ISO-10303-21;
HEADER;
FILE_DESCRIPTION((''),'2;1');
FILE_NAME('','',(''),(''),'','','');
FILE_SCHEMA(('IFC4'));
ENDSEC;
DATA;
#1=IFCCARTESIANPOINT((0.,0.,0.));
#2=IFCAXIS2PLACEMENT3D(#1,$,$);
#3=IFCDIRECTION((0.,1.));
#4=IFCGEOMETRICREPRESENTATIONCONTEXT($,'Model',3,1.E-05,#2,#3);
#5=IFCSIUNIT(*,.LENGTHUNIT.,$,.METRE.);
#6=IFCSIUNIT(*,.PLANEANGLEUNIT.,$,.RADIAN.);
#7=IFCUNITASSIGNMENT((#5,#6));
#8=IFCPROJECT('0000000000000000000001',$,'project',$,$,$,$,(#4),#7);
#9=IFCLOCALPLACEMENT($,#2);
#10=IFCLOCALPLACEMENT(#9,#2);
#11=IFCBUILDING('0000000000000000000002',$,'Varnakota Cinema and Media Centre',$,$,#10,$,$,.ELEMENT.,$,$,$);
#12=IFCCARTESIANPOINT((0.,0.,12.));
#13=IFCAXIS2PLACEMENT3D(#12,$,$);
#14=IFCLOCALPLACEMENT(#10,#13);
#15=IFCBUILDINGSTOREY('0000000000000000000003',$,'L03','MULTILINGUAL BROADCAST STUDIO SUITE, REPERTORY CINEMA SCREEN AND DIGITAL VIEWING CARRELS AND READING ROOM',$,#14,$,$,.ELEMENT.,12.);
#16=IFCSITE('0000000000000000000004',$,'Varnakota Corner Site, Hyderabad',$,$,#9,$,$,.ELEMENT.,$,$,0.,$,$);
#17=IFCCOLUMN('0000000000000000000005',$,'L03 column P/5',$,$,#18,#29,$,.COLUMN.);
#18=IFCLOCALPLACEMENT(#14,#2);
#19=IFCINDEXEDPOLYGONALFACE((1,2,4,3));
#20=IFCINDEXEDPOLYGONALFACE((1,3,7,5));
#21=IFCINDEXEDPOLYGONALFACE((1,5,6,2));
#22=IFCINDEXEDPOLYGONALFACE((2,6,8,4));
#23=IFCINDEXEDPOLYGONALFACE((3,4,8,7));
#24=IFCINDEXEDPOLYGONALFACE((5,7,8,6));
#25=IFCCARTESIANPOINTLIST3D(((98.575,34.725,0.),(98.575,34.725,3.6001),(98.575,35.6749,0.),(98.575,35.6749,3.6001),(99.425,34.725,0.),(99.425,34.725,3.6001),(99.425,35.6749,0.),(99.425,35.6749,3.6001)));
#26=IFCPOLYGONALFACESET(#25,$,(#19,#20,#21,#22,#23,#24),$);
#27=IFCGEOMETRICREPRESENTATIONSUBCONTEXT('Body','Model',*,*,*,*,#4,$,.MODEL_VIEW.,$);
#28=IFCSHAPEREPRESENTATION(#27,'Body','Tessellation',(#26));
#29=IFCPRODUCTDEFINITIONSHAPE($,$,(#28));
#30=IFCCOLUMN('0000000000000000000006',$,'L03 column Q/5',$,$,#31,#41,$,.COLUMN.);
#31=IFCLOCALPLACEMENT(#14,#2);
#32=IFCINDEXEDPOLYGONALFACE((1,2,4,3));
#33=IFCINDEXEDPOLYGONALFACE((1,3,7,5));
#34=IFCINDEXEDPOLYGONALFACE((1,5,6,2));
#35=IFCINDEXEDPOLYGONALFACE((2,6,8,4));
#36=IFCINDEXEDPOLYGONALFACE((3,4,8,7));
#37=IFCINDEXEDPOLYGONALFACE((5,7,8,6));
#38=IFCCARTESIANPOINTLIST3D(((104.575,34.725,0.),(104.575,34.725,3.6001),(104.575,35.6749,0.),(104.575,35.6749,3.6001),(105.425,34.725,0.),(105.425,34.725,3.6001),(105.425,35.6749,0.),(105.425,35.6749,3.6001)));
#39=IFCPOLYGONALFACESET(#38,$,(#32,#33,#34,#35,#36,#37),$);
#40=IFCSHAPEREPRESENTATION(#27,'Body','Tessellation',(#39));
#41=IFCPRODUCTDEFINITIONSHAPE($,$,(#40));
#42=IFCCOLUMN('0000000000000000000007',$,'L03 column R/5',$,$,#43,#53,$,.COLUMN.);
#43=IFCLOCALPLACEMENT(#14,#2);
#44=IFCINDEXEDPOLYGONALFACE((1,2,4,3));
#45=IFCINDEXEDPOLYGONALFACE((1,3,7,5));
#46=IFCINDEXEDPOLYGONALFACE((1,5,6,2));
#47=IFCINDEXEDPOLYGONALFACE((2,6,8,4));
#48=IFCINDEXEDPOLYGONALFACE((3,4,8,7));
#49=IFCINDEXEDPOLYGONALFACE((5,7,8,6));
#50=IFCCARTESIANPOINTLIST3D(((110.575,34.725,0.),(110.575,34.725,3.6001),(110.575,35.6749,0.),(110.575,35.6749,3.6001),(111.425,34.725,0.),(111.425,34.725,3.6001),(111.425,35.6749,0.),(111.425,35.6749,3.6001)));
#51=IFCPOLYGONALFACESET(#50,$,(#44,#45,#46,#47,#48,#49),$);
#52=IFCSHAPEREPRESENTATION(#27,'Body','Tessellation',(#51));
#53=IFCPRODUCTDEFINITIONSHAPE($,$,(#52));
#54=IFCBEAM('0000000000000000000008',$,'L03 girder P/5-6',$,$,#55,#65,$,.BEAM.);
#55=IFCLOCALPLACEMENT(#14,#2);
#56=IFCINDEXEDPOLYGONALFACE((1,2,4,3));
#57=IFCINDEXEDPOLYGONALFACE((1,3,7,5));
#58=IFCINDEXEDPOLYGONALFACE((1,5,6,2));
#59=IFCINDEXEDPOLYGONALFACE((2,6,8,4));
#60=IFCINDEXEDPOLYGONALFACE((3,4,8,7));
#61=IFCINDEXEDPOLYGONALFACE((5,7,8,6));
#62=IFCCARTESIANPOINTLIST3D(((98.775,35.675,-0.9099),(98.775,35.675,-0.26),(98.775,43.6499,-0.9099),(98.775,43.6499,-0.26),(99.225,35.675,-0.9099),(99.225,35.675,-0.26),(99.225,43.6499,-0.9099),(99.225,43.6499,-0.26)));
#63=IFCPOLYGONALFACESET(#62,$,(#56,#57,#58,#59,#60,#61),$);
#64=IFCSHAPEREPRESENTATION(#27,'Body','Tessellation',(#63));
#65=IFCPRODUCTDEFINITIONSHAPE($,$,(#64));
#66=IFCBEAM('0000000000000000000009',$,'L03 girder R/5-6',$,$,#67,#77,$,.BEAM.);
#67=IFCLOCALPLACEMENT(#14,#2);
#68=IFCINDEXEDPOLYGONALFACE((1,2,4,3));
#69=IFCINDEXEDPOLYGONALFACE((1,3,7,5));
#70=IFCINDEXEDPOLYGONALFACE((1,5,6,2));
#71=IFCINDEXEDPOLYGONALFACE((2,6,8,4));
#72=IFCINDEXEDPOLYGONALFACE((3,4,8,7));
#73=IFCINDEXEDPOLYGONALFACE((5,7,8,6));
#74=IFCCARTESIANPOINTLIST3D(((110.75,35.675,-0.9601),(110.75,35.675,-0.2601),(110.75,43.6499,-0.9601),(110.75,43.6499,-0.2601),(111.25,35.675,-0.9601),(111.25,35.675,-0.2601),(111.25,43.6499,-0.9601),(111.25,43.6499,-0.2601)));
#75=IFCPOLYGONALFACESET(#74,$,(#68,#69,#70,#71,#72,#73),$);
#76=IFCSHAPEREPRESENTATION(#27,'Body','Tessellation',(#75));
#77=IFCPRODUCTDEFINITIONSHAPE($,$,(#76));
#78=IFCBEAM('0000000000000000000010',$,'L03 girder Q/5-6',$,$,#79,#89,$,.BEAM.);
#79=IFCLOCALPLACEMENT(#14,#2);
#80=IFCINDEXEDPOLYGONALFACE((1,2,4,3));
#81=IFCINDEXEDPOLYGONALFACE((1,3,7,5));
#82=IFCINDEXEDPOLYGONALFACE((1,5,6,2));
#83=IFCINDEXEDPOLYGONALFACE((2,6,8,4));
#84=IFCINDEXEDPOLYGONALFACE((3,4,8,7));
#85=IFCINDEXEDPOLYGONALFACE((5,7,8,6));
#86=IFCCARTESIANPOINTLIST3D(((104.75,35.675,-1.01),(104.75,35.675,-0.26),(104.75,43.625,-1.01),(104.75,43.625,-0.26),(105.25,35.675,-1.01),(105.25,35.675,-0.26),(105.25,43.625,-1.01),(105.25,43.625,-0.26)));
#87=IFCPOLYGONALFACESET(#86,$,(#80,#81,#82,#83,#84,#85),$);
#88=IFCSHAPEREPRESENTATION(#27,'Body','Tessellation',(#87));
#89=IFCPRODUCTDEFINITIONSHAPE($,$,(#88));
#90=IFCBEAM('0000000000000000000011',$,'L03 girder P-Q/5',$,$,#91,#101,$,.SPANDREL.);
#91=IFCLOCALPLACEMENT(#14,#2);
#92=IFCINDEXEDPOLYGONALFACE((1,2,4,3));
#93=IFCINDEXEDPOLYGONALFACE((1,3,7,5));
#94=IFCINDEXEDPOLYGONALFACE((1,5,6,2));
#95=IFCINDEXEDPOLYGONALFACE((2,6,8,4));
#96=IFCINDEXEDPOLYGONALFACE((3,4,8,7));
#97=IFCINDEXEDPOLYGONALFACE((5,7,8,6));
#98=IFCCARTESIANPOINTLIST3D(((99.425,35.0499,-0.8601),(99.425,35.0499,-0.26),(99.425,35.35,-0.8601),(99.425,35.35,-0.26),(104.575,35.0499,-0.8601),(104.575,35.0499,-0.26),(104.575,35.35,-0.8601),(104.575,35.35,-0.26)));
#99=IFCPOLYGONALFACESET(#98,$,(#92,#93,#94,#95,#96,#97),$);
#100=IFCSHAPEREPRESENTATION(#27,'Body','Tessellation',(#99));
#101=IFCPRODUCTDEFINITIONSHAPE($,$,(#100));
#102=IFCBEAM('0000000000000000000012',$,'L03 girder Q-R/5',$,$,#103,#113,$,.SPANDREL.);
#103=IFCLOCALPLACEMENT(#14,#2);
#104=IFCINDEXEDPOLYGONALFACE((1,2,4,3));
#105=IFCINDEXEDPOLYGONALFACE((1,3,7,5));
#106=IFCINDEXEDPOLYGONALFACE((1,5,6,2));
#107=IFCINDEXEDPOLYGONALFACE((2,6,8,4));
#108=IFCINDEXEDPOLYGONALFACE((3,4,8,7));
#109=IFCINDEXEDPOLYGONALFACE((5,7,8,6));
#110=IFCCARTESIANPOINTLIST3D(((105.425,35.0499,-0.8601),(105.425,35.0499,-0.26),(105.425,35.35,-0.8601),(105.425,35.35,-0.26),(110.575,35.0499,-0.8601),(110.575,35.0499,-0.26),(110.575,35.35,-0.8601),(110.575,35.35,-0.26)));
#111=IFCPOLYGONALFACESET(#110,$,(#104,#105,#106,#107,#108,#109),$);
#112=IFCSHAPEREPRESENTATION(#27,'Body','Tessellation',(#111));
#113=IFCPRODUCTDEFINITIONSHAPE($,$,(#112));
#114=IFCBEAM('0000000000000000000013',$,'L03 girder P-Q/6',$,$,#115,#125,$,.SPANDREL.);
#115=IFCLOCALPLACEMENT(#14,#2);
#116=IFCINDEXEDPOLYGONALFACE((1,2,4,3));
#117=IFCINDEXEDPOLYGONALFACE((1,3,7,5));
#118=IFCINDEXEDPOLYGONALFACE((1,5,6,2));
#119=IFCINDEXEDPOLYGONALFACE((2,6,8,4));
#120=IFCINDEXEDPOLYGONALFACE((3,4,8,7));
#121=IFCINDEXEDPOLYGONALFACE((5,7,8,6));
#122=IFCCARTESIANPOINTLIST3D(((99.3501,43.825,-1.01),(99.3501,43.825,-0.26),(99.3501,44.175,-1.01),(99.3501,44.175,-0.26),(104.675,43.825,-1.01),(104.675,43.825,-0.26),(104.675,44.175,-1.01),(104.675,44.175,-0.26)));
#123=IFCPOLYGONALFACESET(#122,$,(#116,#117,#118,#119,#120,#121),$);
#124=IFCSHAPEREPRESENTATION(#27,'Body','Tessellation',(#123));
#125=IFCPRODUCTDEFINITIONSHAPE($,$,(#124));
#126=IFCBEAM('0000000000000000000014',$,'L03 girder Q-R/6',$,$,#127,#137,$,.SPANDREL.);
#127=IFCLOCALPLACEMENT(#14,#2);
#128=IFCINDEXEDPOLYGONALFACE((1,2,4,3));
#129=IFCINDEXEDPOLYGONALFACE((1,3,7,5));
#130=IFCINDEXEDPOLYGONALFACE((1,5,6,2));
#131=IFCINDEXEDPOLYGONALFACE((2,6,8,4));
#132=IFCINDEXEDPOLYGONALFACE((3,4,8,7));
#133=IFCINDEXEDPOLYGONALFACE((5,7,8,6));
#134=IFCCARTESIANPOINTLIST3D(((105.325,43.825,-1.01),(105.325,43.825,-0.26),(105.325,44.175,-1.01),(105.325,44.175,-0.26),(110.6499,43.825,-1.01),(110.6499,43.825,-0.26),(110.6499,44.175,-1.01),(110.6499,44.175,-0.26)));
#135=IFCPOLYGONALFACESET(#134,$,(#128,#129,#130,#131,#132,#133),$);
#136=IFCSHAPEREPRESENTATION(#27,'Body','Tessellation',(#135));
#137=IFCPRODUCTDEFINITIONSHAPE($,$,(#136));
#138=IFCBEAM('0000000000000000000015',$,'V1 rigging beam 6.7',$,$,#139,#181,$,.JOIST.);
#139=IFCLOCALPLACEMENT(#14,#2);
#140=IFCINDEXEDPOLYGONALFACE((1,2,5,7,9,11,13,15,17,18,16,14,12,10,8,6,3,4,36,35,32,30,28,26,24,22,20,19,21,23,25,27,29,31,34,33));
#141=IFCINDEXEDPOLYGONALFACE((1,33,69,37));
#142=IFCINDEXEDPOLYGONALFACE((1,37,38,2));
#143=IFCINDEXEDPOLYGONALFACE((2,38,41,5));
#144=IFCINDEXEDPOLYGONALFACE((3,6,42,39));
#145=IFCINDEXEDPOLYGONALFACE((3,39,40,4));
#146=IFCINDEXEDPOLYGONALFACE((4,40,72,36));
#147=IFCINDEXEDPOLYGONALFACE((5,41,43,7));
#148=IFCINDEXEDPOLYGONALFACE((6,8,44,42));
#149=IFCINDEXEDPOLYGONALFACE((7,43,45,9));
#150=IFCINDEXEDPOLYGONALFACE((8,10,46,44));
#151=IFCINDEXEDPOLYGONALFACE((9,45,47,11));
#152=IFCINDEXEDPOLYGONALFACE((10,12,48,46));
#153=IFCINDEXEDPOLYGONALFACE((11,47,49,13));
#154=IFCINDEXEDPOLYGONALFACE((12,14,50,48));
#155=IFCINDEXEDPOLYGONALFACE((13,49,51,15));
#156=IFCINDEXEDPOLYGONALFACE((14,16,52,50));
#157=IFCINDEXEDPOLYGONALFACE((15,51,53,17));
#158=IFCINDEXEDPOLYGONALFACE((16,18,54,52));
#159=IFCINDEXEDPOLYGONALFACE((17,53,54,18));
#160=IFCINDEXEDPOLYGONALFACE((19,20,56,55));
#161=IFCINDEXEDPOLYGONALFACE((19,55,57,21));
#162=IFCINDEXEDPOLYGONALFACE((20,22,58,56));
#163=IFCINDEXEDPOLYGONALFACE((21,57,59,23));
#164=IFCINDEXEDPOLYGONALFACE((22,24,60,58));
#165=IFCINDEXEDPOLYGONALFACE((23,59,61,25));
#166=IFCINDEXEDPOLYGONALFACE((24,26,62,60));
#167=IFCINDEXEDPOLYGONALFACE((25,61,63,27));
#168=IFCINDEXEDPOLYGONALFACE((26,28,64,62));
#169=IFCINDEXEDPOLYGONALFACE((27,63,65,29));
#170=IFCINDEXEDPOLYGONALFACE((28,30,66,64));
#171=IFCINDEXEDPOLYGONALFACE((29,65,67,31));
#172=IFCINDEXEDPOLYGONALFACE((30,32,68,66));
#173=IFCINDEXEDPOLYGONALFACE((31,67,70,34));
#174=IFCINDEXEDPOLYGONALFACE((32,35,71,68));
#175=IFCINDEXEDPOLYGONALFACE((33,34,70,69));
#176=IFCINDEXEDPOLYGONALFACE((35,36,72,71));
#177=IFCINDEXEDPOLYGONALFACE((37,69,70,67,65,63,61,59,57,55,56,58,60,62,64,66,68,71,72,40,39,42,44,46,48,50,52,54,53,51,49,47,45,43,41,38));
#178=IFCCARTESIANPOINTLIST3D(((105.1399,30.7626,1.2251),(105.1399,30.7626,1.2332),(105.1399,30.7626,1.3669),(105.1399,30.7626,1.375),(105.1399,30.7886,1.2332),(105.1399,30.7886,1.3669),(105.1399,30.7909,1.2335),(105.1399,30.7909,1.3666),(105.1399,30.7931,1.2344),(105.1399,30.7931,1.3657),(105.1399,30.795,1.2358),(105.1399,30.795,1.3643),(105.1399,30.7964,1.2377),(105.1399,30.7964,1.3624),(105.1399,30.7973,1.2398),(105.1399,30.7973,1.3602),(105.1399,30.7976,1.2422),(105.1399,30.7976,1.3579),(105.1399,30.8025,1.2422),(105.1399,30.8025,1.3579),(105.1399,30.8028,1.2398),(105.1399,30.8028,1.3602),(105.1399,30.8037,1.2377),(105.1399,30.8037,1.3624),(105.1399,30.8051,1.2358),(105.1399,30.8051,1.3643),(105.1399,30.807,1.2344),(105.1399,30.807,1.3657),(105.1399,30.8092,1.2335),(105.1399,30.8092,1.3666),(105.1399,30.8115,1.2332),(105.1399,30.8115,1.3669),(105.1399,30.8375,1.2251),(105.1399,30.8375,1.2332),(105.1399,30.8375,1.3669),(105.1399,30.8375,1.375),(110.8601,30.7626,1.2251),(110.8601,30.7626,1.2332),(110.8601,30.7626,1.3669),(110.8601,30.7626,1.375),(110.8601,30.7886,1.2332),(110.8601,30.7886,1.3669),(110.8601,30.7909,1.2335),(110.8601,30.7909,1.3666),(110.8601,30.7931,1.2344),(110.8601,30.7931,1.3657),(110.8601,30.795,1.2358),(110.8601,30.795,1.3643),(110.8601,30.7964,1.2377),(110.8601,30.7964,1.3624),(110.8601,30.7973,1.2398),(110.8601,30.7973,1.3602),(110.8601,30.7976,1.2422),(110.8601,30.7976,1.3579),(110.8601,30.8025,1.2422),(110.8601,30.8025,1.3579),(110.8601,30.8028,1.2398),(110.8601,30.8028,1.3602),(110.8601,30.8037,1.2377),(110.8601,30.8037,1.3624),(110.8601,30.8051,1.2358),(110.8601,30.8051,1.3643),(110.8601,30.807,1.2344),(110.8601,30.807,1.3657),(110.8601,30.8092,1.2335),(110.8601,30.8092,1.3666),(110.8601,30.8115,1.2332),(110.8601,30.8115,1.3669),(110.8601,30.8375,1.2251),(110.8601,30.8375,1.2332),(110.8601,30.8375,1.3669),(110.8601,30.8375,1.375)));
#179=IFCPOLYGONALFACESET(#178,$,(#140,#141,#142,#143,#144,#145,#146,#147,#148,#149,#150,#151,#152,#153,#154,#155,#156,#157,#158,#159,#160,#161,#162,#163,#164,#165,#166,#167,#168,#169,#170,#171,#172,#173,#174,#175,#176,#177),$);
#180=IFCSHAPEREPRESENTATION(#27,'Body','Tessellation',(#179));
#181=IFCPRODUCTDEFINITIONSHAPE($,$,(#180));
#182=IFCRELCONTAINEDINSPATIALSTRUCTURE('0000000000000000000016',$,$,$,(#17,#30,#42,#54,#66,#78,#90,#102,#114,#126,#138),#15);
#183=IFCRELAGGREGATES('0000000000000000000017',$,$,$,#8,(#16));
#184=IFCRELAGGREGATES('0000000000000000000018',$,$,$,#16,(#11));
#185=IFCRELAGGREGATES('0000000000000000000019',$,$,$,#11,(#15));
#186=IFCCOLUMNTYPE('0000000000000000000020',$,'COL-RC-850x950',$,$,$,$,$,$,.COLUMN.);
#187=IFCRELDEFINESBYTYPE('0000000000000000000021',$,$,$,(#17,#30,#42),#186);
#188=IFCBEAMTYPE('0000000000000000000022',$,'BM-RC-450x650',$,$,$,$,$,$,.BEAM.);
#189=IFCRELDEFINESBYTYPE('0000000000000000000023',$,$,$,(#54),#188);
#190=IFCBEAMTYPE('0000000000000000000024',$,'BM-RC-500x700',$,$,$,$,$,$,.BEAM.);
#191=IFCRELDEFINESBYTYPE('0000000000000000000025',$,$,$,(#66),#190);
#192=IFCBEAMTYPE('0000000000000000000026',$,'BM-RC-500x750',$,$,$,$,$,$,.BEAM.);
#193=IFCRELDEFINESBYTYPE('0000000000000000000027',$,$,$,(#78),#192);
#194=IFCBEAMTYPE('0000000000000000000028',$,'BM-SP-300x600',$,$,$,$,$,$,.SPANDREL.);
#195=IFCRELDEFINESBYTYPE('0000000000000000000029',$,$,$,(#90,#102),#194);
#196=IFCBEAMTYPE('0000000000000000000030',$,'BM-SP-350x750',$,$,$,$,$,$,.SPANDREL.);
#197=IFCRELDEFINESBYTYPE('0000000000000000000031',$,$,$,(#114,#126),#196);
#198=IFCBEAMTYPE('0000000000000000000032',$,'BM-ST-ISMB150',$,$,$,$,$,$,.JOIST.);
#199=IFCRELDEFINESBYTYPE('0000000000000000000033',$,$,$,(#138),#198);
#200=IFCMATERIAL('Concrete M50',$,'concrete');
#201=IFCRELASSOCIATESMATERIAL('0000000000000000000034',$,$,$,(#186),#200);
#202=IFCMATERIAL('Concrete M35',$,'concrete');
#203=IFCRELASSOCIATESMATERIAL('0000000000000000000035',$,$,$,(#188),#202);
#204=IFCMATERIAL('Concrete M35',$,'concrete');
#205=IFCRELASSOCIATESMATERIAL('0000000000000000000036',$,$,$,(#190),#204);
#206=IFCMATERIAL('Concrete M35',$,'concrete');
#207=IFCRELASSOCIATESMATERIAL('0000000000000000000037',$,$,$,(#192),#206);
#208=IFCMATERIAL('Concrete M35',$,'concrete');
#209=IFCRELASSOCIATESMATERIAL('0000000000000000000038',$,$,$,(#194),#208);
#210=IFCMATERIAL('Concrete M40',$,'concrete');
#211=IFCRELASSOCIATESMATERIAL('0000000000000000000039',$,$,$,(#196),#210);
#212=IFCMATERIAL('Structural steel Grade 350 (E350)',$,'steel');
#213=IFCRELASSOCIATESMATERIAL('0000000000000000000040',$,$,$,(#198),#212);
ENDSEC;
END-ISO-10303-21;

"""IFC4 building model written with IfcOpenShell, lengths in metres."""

from ifc_helpers import new_model, si_unit, direction, frame, origin, origin_2d, place, context, subcontext, project, spatial, rectangle, i_section, extrude, material, material_profile, profile_set, type_object, element, save


model = new_model("IFC4")

# Units and contexts
model_context = context("Model", 3, precision=1e-05, world=origin(), true_north=direction((0.0, 1.0)))
body_context = subcontext(model_context, "Body", "Model", "MODEL_VIEW")
ifc_project = project(units=[si_unit("LENGTHUNIT", "METRE"), si_unit("PLANEANGLEUNIT", "RADIAN")], contexts=[model_context])

# Site, building, storey
site_placement = place(None, origin())
site = spatial("IfcSite", under=ifc_project, at=site_placement, Name="Varnakota Corner Site, Hyderabad", CompositionType="ELEMENT", RefElevation=0.0)
building_placement = place(site_placement, origin())
building = spatial("IfcBuilding", under=site, at=building_placement, Name="Varnakota Cinema and Media Centre", CompositionType="ELEMENT")
storey_placement = place(building_placement, frame((0.0, 0.0, 12.0)))
storey = spatial("IfcBuildingStorey", under=building, at=storey_placement, Name="L03", Description="MULTILINGUAL BROADCAST STUDIO SUITE, REPERTORY CINEMA SCREEN AND DIGITAL VIEWING CARRELS AND READING ROOM", CompositionType="ELEMENT", Elevation=12.0)

# Columns
ifc_material_1 = material(Name="Concrete M50", Category="concrete")
ifc_material_profile_1 = material_profile(ifc_material_1, rectangle(XDim=0.8501, YDim=0.95, at=origin_2d()), Name="RC 850x950")
ifc_profile_set_1 = profile_set([ifc_material_profile_1], Name="Concrete M50")
column_type = type_object("IfcColumnType", Name="COL-RC-850x950", PredefinedType="COLUMN", material=ifc_profile_set_1)
for number, where, z_axis, x_axis, name in (
    (1, (99.0, 35.2, 0.0), (0.0, 0.0, 1.0), (1.0, 0.0, 0.0), "L03 column P/5"),
    (2, (105.0, 35.2, 0.0), (0.0, 0.0, 1.0), (1.0, 0.0, 0.0), "L03 column Q/5"),
    (3, (111.0, 35.2, 0.0), (0.0, 0.0, 1.0), (1.0, 0.0, 0.0), "L03 column R/5"),
):
    element("IfcColumn", number, at=place(storey_placement, frame(where, z_axis=z_axis, x_axis=x_axis)), inside=storey, type_object=column_type, Name=name, PredefinedType="COLUMN", context=body_context, shape_type="SweptSolid", body=[
        extrude(rectangle(XDim=0.8501, YDim=0.95, at=origin_2d()), origin(), (0.0, 0.0, 1.0), 3.6001),
    ])

# Beams
ifc_material_2 = material(Name="Concrete M35", Category="concrete")
ifc_material_profile_2 = material_profile(ifc_material_2, rectangle(XDim=0.45, YDim=0.6499, at=origin_2d()), Name="RCB 450x650")
ifc_profile_set_2 = profile_set([ifc_material_profile_2], Name="Concrete M35")
beam_type_1 = type_object("IfcBeamType", Name="BM-RC-450x650", PredefinedType="BEAM", material=ifc_profile_set_2)
beam_1_placement = place(storey_placement, frame((99.0, 35.675, -0.585), z_axis=(0.0, 1.0, 0.0), x_axis=(-1.0, 0.0, 0.0)))
element("IfcBeam", 4, at=beam_1_placement, inside=storey, type_object=beam_type_1, Name="L03 girder P/5-6", PredefinedType="BEAM", context=body_context, shape_type="SweptSolid", body=[
    extrude(rectangle(XDim=0.45, YDim=0.6499, at=origin_2d()), origin(), (0.0, 0.0, 1.0), 7.9749),
])
ifc_material_3 = material(Name="Concrete M35", Category="concrete")
ifc_material_profile_3 = material_profile(ifc_material_3, rectangle(XDim=0.5, YDim=0.7, at=origin_2d()), Name="RCB 500x700")
ifc_profile_set_3 = profile_set([ifc_material_profile_3], Name="Concrete M35")
beam_type_2 = type_object("IfcBeamType", Name="BM-RC-500x700", PredefinedType="BEAM", material=ifc_profile_set_3)
beam_2_placement = place(storey_placement, frame((111.0, 35.675, -0.6101), z_axis=(0.0, 1.0, 0.0), x_axis=(-1.0, 0.0, 0.0)))
element("IfcBeam", 5, at=beam_2_placement, inside=storey, type_object=beam_type_2, Name="L03 girder R/5-6", PredefinedType="BEAM", context=body_context, shape_type="SweptSolid", body=[
    extrude(rectangle(XDim=0.5, YDim=0.7, at=origin_2d()), origin(), (0.0, 0.0, 1.0), 7.9749),
])
ifc_material_4 = material(Name="Concrete M35", Category="concrete")
ifc_material_profile_4 = material_profile(ifc_material_4, rectangle(XDim=0.5, YDim=0.75, at=origin_2d()), Name="RCB 500x750")
ifc_profile_set_4 = profile_set([ifc_material_profile_4], Name="Concrete M35")
beam_type_3 = type_object("IfcBeamType", Name="BM-RC-500x750", PredefinedType="BEAM", material=ifc_profile_set_4)
beam_3_placement = place(storey_placement, frame((105.0, 35.675, -0.635), z_axis=(0.0, 1.0, 0.0), x_axis=(-1.0, 0.0, 0.0)))
element("IfcBeam", 6, at=beam_3_placement, inside=storey, type_object=beam_type_3, Name="L03 girder Q/5-6", PredefinedType="BEAM", context=body_context, shape_type="SweptSolid", body=[
    extrude(rectangle(XDim=0.5, YDim=0.75, at=origin_2d()), origin(), (0.0, 0.0, 1.0), 7.95),
])
ifc_material_5 = material(Name="Concrete M35", Category="concrete")
ifc_material_profile_5 = material_profile(ifc_material_5, rectangle(XDim=0.3, YDim=0.6001, at=origin_2d()), Name="RCB 300x600")
ifc_profile_set_5 = profile_set([ifc_material_profile_5], Name="Concrete M35")
beam_type_4 = type_object("IfcBeamType", Name="BM-SP-300x600", PredefinedType="SPANDREL", material=ifc_profile_set_5)
for number, where, z_axis, x_axis, name in (
    (7, (99.425, 35.2, -0.5601), (1.0, 0.0, 0.0), (0.0, 1.0, 0.0), "L03 girder P-Q/5"),
    (8, (105.425, 35.2, -0.5601), (1.0, 0.0, 0.0), (0.0, 1.0, 0.0), "L03 girder Q-R/5"),
):
    element("IfcBeam", number, at=place(storey_placement, frame(where, z_axis=z_axis, x_axis=x_axis)), inside=storey, type_object=beam_type_4, Name=name, PredefinedType="SPANDREL", context=body_context, shape_type="SweptSolid", body=[
        extrude(rectangle(XDim=0.3, YDim=0.6001, at=origin_2d()), origin(), (0.0, 0.0, 1.0), 5.1499),
    ])
ifc_material_6 = material(Name="Concrete M40", Category="concrete")
ifc_material_profile_6 = material_profile(ifc_material_6, rectangle(XDim=0.3501, YDim=0.75, at=origin_2d()), Name="RCB 350x750")
ifc_profile_set_6 = profile_set([ifc_material_profile_6], Name="Concrete M40")
beam_type_5 = type_object("IfcBeamType", Name="BM-SP-350x750", PredefinedType="SPANDREL", material=ifc_profile_set_6)
for number, where, z_axis, x_axis, name in (
    (9, (99.3501, 44.0, -0.635), (1.0, 0.0, 0.0), (0.0, 1.0, 0.0), "L03 girder P-Q/6"),
    (10, (105.325, 44.0, -0.635), (1.0, 0.0, 0.0), (0.0, 1.0, 0.0), "L03 girder Q-R/6"),
):
    element("IfcBeam", number, at=place(storey_placement, frame(where, z_axis=z_axis, x_axis=x_axis)), inside=storey, type_object=beam_type_5, Name=name, PredefinedType="SPANDREL", context=body_context, shape_type="SweptSolid", body=[
        extrude(rectangle(XDim=0.3501, YDim=0.75, at=origin_2d()), origin(), (0.0, 0.0, 1.0), 5.325),
    ])
ifc_material_7 = material(Name="Structural steel Grade 350 (E350)", Category="steel")
ifc_material_profile_7 = material_profile(ifc_material_7, i_section(OverallWidth=0.075, OverallDepth=0.1499, WebThickness=0.0049, FlangeThickness=0.0081, FilletRadius=0.009, at=origin_2d()), Name="ISMB 150")
ifc_profile_set_7 = profile_set([ifc_material_profile_7], Name="Structural steel Grade 350 (E350)")
beam_type_6 = type_object("IfcBeamType", Name="BM-ST-ISMB150", PredefinedType="JOIST", material=ifc_profile_set_7)
beam_4_placement = place(storey_placement, frame((105.1399, 30.8, 1.3), z_axis=(1.0, 0.0, 0.0), x_axis=(0.0, 1.0, 0.0)))
element("IfcBeam", 11, at=beam_4_placement, inside=storey, type_object=beam_type_6, Name="V1 rigging beam 6.7", PredefinedType="JOIST", context=body_context, shape_type="SweptSolid", body=[
    extrude(i_section(OverallWidth=0.075, OverallDepth=0.1499, WebThickness=0.0049, FlangeThickness=0.0081, FilletRadius=0.009, at=origin_2d()), origin(), (0.0, 0.0, 1.0), 5.7202),
])

save(model, "model.ifc")
